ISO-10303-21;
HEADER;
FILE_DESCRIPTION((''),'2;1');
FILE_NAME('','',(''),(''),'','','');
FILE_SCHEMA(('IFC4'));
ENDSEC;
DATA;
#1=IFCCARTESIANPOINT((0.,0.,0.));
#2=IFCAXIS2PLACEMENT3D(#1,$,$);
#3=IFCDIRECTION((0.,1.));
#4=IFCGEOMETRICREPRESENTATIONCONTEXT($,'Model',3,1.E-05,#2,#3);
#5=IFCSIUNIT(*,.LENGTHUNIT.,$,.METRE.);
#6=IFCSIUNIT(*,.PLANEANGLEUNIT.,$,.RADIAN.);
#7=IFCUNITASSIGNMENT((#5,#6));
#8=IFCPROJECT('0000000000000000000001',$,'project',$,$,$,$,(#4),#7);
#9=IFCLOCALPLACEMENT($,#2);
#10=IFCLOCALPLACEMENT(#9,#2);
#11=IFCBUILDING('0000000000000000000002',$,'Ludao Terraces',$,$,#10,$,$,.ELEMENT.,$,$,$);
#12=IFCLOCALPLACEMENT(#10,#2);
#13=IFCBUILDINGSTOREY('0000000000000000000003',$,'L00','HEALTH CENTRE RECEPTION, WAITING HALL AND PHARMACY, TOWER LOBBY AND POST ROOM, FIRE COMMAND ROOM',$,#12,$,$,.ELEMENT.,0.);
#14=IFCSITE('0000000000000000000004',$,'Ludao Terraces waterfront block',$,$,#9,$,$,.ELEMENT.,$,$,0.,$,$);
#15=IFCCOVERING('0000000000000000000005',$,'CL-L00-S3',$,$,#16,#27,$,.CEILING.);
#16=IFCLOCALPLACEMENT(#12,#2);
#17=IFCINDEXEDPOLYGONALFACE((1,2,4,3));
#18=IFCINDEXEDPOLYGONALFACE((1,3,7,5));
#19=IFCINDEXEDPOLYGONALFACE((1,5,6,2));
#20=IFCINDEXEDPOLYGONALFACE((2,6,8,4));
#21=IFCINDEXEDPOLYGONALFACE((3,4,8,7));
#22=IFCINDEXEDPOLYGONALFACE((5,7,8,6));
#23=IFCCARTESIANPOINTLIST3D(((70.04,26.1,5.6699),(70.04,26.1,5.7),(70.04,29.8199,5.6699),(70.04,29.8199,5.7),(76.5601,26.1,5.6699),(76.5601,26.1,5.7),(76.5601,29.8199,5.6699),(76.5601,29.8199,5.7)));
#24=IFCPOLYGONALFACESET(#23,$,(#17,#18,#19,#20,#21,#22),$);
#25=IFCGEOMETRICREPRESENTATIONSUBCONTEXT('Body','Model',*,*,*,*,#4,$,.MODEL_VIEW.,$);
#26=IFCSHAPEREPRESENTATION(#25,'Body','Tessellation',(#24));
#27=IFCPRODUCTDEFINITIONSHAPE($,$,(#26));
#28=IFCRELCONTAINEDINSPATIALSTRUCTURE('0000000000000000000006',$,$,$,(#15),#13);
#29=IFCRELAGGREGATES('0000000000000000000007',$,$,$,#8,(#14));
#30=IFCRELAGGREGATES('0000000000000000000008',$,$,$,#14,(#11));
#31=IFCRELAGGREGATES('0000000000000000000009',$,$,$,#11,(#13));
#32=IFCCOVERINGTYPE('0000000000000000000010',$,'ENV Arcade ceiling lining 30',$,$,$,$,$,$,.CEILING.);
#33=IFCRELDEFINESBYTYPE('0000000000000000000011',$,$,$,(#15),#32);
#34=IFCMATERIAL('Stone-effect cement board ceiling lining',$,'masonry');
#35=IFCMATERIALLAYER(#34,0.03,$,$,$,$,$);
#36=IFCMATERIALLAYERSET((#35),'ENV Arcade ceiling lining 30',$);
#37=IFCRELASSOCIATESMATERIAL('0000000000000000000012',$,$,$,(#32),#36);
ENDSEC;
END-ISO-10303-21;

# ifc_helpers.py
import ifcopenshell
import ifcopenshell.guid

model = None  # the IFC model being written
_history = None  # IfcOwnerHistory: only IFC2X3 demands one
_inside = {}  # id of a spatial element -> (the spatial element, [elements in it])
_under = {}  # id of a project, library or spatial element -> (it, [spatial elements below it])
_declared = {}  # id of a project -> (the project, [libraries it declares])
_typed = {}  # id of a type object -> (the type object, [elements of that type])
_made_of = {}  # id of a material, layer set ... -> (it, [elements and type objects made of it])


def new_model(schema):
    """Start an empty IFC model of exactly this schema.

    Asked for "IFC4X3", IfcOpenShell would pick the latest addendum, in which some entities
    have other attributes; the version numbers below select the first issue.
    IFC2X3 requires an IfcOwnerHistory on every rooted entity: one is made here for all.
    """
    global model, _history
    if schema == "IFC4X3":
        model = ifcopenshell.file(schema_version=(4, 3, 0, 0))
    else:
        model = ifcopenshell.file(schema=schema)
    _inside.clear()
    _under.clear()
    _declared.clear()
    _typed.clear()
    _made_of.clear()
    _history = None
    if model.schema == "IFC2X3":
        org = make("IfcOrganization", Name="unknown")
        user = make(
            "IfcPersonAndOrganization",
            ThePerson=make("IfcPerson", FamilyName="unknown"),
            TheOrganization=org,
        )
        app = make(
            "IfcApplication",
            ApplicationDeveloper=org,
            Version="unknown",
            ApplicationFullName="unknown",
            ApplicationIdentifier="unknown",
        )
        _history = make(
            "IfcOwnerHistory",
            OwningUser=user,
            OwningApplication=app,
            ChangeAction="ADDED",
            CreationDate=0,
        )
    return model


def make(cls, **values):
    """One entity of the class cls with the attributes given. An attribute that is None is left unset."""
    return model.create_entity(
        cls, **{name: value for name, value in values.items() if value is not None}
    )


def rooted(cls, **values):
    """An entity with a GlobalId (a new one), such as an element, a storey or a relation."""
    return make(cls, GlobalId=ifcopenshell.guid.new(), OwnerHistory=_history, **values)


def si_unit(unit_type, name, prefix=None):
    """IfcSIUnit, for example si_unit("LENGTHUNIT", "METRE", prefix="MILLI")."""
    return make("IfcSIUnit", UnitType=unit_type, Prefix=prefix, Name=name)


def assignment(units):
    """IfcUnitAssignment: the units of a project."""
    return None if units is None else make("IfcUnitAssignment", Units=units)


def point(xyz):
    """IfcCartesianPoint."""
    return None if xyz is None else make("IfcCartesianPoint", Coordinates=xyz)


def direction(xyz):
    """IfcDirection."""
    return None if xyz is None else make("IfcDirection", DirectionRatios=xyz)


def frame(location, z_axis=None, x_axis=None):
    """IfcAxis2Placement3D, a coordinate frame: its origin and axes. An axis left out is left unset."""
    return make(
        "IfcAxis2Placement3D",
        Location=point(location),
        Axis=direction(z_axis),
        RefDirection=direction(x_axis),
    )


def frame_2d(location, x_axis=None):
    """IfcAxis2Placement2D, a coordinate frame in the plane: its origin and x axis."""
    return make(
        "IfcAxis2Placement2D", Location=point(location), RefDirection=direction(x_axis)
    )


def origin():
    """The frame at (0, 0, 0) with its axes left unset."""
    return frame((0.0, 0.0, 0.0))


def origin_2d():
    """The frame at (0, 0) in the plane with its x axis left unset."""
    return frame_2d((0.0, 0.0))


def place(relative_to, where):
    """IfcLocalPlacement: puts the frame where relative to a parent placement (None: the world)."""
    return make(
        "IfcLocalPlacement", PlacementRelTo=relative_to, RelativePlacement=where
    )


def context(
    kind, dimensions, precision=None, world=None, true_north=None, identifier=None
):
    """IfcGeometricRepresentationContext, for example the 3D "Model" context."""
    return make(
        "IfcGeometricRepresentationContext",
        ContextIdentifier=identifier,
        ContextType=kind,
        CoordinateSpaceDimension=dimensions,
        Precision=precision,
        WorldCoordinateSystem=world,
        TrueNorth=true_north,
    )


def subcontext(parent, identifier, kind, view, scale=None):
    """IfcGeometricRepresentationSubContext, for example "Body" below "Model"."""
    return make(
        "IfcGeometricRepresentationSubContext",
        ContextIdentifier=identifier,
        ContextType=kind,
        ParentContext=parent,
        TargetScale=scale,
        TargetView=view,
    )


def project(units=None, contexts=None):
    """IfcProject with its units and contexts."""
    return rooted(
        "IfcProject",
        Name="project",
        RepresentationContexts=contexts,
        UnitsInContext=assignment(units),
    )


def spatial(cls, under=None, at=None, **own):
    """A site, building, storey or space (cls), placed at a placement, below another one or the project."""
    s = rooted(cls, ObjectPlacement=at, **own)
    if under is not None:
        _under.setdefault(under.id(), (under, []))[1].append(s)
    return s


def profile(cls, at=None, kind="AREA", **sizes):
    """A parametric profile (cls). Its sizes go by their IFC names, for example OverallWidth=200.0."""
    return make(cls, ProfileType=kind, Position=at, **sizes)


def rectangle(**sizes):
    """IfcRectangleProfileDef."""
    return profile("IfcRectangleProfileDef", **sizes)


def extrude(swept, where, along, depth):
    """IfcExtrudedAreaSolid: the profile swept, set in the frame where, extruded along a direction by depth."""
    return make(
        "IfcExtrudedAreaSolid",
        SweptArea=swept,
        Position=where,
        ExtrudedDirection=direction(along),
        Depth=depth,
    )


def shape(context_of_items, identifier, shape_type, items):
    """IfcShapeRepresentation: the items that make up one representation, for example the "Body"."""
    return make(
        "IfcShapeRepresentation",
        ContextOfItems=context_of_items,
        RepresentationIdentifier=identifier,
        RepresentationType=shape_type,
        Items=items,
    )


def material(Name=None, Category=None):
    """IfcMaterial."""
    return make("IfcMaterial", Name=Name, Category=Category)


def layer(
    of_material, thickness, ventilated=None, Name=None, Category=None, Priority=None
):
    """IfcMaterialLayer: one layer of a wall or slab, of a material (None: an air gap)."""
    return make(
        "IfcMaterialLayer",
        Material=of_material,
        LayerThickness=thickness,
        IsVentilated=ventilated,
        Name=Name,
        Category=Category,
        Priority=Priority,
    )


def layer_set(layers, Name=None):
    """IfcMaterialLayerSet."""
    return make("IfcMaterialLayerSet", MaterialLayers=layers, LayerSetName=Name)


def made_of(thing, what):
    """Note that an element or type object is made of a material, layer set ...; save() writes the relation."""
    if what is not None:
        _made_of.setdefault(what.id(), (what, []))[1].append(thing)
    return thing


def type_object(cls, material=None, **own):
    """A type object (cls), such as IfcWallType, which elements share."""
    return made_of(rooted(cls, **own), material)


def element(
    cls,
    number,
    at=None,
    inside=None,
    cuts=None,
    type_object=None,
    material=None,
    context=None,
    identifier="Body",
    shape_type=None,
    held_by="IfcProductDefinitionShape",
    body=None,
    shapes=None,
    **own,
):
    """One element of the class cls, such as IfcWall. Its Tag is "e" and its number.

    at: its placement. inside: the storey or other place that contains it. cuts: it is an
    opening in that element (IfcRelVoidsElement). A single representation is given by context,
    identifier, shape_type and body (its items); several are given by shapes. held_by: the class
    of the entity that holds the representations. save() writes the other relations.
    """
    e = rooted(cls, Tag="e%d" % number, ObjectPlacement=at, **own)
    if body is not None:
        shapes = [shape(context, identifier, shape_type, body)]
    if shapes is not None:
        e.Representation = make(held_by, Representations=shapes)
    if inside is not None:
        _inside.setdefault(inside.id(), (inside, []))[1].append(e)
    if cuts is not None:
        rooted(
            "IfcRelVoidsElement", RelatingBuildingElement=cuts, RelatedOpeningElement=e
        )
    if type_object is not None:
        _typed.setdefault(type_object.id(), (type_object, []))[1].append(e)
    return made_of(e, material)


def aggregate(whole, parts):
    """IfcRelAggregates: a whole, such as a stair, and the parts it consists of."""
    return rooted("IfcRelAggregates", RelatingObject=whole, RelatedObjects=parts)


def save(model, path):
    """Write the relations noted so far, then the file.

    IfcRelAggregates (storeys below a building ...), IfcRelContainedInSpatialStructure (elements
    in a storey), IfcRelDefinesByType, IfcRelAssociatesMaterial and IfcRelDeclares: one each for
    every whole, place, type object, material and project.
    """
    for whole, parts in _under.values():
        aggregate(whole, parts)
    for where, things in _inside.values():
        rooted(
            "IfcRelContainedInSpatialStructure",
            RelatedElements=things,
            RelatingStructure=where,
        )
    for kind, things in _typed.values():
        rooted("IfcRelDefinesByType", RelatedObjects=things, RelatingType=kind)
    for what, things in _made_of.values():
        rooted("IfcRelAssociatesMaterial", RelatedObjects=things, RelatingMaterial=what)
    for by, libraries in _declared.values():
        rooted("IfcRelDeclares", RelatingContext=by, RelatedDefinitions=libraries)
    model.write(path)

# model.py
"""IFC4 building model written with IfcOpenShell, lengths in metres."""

from ifc_helpers import new_model, si_unit, direction, frame, origin, origin_2d, place, context, subcontext, project, spatial, rectangle, extrude, material, layer, layer_set, type_object, element, save


model = new_model("IFC4")

# Units and contexts
model_context = context("Model", 3, precision=1e-05, world=origin(), true_north=direction((0.0, 1.0)))
body_context = subcontext(model_context, "Body", "Model", "MODEL_VIEW")
ifc_project = project(units=[si_unit("LENGTHUNIT", "METRE"), si_unit("PLANEANGLEUNIT", "RADIAN")], contexts=[model_context])

# Site, building, storey
site_placement = place(None, origin())
site = spatial("IfcSite", under=ifc_project, at=site_placement, Name="Ludao Terraces waterfront block", CompositionType="ELEMENT", RefElevation=0.0)
building_placement = place(site_placement, origin())
building = spatial("IfcBuilding", under=site, at=building_placement, Name="Ludao Terraces", CompositionType="ELEMENT")
storey_placement = place(building_placement, origin())
storey = spatial("IfcBuildingStorey", under=building, at=storey_placement, Name="L00", Description="HEALTH CENTRE RECEPTION, WAITING HALL AND PHARMACY, TOWER LOBBY AND POST ROOM, FIRE COMMAND ROOM", CompositionType="ELEMENT", Elevation=0.0)

# Covering
ifc_material_1 = material(Name="Stone-effect cement board ceiling lining", Category="masonry")
ifc_layer_1 = layer(ifc_material_1, 0.03)
ifc_layer_set_1 = layer_set([ifc_layer_1], Name="ENV Arcade ceiling lining 30")
covering_type = type_object("IfcCoveringType", Name="ENV Arcade ceiling lining 30", PredefinedType="CEILING", material=ifc_layer_set_1)
covering_1_placement = place(storey_placement, frame((73.3, 27.96, 5.6699), z_axis=(0.0, 0.0, 1.0), x_axis=(1.0, 0.0, 0.0)))
element("IfcCovering", 1, at=covering_1_placement, inside=storey, type_object=covering_type, Name="CL-L00-S3", PredefinedType="CEILING", context=body_context, shape_type="SweptSolid", body=[
    extrude(rectangle(XDim=6.52, YDim=3.72, at=origin_2d()), origin(), (0.0, 0.0, 1.0), 0.03),
])

save(model, "model.ifc")
